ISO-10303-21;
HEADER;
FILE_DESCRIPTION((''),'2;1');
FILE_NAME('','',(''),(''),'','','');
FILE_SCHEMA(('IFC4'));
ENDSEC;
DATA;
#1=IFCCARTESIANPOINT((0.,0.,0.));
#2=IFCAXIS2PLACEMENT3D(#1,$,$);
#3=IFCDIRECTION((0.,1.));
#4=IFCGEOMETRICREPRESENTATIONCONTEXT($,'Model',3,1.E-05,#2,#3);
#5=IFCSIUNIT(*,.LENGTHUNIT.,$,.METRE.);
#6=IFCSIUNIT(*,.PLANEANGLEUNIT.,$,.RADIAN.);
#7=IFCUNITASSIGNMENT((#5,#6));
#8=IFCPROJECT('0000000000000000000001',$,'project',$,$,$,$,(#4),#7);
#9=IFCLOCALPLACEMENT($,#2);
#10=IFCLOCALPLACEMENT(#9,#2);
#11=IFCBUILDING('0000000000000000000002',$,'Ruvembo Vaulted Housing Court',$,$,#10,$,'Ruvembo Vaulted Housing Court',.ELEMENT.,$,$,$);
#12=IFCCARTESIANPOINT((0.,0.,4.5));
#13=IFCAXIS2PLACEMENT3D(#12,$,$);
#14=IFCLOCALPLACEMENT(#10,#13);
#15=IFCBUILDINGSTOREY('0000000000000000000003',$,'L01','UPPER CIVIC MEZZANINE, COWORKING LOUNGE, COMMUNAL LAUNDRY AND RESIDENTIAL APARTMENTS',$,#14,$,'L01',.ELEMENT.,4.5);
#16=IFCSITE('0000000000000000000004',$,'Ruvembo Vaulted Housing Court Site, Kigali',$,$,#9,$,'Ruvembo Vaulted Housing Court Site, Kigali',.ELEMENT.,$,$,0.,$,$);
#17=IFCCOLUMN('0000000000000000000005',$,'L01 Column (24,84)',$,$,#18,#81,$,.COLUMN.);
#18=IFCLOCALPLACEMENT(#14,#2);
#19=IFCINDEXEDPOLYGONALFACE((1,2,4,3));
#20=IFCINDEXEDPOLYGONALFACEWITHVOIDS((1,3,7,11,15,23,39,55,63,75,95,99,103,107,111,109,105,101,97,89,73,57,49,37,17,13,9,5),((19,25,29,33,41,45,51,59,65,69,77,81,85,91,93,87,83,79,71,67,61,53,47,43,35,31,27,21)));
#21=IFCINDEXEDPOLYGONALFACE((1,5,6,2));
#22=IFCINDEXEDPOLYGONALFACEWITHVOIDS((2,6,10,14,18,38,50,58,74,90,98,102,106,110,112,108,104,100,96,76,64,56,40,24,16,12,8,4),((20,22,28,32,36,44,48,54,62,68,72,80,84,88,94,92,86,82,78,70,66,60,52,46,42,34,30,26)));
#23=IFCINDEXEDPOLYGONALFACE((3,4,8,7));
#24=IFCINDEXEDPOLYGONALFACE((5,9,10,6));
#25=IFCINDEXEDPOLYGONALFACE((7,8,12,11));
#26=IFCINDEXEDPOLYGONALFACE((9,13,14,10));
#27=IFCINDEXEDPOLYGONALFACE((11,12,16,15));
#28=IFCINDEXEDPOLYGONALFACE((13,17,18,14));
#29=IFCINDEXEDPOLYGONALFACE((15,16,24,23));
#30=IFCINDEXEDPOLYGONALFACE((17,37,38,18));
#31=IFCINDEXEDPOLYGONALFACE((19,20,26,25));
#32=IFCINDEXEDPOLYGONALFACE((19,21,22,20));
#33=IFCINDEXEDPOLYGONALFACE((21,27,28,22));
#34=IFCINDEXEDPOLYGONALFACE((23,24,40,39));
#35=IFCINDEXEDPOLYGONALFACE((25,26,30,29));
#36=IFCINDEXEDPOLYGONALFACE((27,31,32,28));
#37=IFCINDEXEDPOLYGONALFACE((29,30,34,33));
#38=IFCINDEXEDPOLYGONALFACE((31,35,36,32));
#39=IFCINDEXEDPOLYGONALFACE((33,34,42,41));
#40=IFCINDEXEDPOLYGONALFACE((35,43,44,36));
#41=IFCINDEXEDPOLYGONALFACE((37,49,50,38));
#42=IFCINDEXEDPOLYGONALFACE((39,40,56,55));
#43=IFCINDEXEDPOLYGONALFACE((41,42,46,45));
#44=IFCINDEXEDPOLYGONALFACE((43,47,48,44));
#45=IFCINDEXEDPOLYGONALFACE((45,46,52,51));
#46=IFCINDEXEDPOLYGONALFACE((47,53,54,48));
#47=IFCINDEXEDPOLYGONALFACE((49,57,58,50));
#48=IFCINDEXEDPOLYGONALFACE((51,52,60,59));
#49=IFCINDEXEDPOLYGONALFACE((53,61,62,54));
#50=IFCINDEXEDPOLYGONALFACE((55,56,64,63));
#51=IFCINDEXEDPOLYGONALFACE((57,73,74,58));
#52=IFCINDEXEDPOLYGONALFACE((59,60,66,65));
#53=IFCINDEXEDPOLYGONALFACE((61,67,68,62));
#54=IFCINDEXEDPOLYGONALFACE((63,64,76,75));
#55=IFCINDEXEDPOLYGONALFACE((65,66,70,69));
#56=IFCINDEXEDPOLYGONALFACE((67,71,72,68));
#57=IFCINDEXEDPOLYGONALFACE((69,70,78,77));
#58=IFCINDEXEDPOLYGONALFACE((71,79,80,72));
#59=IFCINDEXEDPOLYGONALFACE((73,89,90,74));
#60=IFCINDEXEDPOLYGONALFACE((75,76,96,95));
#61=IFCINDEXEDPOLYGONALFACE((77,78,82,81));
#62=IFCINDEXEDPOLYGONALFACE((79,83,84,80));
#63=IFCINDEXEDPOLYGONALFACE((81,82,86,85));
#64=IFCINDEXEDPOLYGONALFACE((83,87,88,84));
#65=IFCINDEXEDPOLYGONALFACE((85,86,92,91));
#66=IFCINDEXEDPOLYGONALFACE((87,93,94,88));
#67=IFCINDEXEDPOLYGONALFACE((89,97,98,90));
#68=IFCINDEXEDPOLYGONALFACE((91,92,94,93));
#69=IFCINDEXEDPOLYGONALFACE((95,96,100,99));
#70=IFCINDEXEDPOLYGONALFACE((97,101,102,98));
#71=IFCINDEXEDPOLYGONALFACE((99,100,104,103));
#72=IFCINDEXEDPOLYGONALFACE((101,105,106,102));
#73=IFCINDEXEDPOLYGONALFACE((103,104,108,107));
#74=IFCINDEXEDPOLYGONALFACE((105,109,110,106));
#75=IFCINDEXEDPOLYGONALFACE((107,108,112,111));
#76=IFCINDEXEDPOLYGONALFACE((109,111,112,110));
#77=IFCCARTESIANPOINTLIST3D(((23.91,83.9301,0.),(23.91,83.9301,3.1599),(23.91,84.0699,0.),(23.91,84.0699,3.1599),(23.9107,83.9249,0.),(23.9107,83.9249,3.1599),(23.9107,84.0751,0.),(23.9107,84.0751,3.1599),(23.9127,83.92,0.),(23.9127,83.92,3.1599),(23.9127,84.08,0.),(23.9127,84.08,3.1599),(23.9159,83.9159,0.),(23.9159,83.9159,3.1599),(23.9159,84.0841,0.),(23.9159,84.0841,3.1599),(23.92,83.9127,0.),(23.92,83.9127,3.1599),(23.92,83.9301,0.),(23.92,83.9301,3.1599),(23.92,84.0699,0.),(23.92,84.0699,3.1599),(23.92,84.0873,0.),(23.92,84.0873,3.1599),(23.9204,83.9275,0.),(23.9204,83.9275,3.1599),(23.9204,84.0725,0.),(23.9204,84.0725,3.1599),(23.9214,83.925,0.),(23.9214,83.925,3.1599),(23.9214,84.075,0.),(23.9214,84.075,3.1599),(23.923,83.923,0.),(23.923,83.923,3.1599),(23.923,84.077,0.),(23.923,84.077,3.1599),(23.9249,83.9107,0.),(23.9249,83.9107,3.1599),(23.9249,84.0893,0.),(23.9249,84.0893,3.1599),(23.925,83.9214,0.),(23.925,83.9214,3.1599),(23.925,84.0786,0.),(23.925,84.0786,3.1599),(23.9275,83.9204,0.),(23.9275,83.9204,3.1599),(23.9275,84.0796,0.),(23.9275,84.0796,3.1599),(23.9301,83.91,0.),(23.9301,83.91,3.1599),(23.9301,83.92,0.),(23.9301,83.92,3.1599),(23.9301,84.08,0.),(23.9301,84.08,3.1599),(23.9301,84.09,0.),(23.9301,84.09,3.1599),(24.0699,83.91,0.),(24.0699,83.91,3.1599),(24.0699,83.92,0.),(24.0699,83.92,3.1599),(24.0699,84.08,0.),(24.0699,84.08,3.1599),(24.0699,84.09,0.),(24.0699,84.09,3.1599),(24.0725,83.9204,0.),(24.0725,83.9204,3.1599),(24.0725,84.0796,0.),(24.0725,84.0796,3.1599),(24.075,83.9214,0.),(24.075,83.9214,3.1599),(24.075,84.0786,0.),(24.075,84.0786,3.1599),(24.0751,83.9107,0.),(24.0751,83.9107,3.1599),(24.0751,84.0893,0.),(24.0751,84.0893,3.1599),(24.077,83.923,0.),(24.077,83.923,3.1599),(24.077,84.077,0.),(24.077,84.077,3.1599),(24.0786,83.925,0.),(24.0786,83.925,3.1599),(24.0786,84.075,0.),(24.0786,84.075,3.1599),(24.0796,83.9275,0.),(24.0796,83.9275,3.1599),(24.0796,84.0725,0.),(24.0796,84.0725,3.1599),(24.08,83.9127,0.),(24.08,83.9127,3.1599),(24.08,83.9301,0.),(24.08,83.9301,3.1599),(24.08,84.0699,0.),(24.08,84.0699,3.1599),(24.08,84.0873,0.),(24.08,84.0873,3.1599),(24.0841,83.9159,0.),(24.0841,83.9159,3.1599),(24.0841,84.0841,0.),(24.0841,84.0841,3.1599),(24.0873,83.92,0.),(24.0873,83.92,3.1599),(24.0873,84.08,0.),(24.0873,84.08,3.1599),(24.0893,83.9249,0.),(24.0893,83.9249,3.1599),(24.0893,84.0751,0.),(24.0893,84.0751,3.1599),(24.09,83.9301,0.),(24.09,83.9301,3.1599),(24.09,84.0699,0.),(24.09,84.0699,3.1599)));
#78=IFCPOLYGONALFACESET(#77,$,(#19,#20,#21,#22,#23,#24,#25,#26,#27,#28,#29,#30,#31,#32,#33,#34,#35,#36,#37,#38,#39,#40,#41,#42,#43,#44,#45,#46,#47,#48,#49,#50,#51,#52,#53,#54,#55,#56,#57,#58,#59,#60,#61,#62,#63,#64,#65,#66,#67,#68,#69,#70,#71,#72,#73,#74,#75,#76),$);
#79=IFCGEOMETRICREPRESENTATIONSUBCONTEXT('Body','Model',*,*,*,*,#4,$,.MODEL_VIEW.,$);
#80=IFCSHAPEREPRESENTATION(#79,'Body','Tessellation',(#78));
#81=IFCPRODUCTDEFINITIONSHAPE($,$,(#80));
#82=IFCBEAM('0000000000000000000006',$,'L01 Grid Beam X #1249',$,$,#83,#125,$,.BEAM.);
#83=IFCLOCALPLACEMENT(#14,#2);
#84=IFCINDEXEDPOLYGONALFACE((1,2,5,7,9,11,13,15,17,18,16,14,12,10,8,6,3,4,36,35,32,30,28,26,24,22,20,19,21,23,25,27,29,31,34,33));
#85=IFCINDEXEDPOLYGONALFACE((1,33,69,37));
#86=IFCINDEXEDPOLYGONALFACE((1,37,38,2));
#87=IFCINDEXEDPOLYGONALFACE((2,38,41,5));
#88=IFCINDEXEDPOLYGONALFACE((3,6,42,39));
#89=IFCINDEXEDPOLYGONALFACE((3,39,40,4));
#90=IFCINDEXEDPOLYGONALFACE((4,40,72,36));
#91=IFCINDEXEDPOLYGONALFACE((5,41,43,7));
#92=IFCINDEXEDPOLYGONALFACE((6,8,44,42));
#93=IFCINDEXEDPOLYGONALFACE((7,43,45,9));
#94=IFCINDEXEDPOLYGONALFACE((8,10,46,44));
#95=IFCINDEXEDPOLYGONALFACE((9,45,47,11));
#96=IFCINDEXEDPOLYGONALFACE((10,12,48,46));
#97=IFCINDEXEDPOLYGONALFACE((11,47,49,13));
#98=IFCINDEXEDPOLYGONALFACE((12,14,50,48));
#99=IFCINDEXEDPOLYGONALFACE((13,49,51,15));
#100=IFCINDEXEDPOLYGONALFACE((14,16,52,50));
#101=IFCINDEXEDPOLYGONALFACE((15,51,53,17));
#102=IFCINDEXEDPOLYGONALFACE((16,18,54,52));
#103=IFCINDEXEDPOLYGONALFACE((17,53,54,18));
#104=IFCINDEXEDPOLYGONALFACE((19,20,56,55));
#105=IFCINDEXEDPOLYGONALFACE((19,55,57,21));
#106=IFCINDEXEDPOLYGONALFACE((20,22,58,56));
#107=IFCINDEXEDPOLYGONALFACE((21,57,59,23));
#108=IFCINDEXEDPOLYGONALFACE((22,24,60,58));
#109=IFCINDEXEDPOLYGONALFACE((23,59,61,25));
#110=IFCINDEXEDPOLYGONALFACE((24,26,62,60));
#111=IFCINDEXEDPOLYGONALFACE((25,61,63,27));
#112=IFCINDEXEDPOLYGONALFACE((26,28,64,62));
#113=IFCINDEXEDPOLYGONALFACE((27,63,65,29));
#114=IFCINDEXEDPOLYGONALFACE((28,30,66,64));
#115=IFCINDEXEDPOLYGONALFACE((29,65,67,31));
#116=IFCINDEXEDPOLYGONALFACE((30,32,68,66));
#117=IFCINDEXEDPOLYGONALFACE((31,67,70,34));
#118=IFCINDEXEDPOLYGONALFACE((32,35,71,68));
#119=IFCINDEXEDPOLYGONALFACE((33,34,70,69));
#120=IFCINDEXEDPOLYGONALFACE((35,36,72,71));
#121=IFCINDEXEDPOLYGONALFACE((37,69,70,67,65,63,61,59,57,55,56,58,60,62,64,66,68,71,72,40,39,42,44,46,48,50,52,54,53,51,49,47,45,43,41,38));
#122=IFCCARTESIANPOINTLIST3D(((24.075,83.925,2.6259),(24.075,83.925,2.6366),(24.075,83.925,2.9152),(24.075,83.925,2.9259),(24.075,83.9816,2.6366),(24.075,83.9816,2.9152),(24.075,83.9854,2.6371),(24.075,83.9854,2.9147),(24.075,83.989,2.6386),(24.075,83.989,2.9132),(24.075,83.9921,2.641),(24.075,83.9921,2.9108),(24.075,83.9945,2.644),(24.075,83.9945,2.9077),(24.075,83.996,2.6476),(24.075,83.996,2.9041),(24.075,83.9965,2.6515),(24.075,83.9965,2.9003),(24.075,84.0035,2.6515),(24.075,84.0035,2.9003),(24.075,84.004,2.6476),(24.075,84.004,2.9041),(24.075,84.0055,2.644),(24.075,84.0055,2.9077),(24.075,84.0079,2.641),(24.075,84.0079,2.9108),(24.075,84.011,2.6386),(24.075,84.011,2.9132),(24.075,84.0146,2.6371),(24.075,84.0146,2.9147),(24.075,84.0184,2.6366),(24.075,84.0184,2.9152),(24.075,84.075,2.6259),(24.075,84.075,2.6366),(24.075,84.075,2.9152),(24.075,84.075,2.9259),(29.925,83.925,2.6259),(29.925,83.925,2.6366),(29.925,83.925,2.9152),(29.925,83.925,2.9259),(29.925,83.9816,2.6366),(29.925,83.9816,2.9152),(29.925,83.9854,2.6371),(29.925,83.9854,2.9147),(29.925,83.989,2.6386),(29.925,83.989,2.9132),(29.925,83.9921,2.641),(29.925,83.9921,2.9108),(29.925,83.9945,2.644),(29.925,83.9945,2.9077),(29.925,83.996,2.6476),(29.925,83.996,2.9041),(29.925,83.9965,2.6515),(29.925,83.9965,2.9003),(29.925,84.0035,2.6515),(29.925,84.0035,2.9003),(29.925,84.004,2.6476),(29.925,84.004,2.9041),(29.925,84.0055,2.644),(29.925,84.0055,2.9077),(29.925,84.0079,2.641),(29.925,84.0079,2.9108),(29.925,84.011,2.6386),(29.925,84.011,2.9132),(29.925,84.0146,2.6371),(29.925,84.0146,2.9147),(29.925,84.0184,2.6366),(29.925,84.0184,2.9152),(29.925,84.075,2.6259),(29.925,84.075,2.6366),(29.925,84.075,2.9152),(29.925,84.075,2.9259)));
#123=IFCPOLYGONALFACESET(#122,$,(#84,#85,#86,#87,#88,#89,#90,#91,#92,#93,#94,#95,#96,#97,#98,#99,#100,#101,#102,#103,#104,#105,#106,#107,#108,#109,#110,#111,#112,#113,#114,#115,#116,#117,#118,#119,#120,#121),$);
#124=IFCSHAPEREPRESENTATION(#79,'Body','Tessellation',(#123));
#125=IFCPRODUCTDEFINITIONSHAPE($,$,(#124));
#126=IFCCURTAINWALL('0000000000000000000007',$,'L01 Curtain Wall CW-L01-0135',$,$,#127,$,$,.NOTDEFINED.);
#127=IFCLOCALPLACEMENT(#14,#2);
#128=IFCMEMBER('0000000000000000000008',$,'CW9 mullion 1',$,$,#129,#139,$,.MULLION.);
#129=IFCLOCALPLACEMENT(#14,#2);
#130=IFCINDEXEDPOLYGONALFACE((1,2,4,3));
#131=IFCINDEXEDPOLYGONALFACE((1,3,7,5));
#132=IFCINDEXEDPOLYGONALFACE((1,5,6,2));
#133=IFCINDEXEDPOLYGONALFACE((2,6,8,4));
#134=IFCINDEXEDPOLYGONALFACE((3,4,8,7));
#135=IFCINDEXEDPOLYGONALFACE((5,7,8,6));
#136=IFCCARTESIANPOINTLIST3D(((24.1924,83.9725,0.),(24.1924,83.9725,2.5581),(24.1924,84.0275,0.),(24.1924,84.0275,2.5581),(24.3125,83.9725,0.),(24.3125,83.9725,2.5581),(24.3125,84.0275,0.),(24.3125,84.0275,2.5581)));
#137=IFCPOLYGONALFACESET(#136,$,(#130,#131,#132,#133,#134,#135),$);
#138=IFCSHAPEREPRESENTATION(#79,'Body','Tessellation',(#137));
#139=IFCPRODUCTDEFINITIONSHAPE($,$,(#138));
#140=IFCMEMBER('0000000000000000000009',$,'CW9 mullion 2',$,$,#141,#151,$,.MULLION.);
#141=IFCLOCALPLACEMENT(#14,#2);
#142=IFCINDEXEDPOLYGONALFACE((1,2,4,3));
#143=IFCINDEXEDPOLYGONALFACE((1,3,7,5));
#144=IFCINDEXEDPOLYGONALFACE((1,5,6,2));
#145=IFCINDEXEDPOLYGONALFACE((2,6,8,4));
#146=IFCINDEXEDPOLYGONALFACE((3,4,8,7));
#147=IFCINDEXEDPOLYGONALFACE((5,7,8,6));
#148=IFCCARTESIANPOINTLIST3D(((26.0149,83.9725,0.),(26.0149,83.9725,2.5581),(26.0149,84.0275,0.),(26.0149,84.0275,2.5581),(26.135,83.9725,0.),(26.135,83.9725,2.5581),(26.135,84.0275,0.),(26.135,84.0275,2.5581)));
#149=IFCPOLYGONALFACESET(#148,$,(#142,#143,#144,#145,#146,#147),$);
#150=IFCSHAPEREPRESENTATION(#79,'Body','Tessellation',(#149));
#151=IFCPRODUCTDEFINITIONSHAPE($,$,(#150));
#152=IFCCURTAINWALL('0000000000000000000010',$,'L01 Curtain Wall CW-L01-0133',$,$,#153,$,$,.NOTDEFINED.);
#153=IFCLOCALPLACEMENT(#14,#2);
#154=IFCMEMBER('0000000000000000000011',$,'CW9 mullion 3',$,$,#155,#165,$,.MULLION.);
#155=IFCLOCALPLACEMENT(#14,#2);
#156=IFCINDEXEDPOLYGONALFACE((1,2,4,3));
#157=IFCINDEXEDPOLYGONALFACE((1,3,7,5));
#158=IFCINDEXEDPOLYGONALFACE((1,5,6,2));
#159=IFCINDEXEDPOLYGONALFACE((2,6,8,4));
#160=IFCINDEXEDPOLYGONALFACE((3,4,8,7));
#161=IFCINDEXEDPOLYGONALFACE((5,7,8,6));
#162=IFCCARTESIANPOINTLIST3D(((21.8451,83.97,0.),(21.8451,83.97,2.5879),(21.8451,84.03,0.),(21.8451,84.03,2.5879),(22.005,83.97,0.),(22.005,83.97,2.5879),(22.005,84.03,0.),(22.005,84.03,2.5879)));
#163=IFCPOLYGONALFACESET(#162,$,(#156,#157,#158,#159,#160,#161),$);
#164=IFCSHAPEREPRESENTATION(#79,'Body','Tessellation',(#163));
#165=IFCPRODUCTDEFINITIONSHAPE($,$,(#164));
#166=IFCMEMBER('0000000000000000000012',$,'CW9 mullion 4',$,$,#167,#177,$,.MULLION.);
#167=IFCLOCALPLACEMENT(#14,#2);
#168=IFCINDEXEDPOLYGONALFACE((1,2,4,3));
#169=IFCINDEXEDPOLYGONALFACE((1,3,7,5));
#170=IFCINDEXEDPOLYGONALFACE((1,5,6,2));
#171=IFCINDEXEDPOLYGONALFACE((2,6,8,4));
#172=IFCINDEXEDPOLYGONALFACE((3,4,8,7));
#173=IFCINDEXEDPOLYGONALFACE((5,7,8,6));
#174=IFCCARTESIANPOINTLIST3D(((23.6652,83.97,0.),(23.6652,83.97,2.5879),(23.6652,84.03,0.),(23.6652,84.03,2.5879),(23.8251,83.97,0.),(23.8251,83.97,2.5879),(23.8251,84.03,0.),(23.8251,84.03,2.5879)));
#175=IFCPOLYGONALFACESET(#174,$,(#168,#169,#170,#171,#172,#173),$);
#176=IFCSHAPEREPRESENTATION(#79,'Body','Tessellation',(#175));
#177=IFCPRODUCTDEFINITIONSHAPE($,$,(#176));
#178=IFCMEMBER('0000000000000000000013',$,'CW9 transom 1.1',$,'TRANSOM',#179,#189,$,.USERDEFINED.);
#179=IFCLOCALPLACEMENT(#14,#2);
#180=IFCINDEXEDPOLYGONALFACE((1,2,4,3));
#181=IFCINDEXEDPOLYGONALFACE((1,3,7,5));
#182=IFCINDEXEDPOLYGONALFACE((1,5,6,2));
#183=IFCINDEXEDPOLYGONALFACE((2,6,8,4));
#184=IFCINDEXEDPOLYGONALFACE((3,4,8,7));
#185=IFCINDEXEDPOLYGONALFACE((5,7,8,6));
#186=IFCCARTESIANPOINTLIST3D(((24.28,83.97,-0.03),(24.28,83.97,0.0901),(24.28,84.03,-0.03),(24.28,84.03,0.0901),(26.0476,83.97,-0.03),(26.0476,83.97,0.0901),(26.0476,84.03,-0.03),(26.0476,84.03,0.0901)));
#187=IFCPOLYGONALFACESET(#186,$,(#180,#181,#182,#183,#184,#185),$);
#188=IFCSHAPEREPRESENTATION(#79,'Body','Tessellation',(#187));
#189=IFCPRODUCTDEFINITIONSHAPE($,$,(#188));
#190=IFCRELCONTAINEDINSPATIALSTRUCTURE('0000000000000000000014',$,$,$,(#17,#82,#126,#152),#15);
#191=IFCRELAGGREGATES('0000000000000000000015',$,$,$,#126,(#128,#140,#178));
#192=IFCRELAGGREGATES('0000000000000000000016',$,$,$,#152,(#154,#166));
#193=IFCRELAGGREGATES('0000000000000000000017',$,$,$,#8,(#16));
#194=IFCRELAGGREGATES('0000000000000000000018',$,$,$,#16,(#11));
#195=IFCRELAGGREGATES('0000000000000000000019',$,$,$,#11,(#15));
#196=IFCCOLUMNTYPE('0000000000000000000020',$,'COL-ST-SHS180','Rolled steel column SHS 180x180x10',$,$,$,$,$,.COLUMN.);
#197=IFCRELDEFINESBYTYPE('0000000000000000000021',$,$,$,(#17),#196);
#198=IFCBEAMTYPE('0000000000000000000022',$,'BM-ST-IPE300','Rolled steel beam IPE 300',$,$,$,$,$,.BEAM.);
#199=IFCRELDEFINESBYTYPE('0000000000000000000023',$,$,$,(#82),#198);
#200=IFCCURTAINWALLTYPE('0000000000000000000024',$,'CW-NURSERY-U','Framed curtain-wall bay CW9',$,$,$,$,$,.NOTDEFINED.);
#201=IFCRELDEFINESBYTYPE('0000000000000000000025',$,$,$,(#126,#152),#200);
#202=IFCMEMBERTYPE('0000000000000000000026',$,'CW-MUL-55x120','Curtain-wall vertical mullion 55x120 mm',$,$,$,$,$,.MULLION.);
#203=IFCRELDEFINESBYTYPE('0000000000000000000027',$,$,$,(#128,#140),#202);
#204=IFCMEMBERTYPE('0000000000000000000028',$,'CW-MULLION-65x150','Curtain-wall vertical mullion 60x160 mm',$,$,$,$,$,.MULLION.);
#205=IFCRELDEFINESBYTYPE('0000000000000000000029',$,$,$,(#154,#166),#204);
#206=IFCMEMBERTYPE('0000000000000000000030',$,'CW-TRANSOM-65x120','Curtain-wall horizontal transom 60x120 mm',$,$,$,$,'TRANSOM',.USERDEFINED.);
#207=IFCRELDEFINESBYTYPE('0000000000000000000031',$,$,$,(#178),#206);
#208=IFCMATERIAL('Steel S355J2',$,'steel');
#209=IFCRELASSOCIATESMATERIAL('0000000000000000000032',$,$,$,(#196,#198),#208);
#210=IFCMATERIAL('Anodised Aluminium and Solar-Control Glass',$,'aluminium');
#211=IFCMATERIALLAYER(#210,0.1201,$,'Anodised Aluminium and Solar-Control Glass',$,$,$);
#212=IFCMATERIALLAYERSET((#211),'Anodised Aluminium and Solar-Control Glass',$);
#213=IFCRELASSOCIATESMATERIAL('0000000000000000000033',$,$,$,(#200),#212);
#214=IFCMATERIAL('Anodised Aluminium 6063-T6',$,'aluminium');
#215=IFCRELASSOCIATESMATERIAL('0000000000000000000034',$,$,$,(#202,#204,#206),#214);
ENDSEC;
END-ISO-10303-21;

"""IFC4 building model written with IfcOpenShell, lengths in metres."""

from ifc_helpers import new_model, si_unit, direction, frame, origin, origin_2d, place, context, subcontext, project, spatial, rectangle, hollow_rectangle, i_section, extrude, material, layer, layer_set, material_profile, profile_set, type_object, element, aggregate, save


model = new_model("IFC4")

# Units and contexts
model_context = context("Model", 3, precision=1e-05, world=origin(), true_north=direction((0.0, 1.0)))
body_context = subcontext(model_context, "Body", "Model", "MODEL_VIEW")
ifc_project = project(units=[si_unit("LENGTHUNIT", "METRE"), si_unit("PLANEANGLEUNIT", "RADIAN")], contexts=[model_context])

# Site, building, storey
site_placement = place(None, origin())
site = spatial("IfcSite", under=ifc_project, at=site_placement, Name="Ruvembo Vaulted Housing Court Site, Kigali", LongName="Ruvembo Vaulted Housing Court Site, Kigali", CompositionType="ELEMENT", RefElevation=0.0)
building_placement = place(site_placement, origin())
building = spatial("IfcBuilding", under=site, at=building_placement, Name="Ruvembo Vaulted Housing Court", LongName="Ruvembo Vaulted Housing Court", CompositionType="ELEMENT")
storey_placement = place(building_placement, frame((0.0, 0.0, 4.5)))
storey = spatial("IfcBuildingStorey", under=building, at=storey_placement, Name="L01", Description="UPPER CIVIC MEZZANINE, COWORKING LOUNGE, COMMUNAL LAUNDRY AND RESIDENTIAL APARTMENTS", LongName="L01", CompositionType="ELEMENT", Elevation=4.5)

# Column
ifc_material_1 = material(Name="Steel S355J2", Category="steel")
ifc_material_profile_1 = material_profile(ifc_material_1, hollow_rectangle(XDim=0.1799, YDim=0.1799, WallThickness=0.01, InnerFilletRadius=0.01, OuterFilletRadius=0.02, at=origin_2d()), Name="SHS 180x180x10")
ifc_profile_set_1 = profile_set([ifc_material_profile_1], Name="Steel S355J2")
column_type = type_object("IfcColumnType", Name="COL-ST-SHS180", Description="Rolled steel column SHS 180x180x10", PredefinedType="COLUMN", material=ifc_profile_set_1)
column_placement = place(storey_placement, frame((24.0, 84.0, 0.0), z_axis=(0.0, 0.0, 1.0), x_axis=(1.0, 0.0, 0.0)))
element("IfcColumn", 1, at=column_placement, inside=storey, type_object=column_type, Name="L01 Column (24,84)", PredefinedType="COLUMN", context=body_context, shape_type="SweptSolid", body=[
    extrude(hollow_rectangle(XDim=0.1799, YDim=0.1799, WallThickness=0.01, InnerFilletRadius=0.01, OuterFilletRadius=0.02, at=origin_2d()), origin(), (0.0, 0.0, 1.0), 3.1599),
])

# Beam
ifc_material_profile_2 = material_profile(ifc_material_1, i_section(OverallWidth=0.1499, OverallDepth=0.3, WebThickness=0.0071, FlangeThickness=0.0107, FilletRadius=0.0149, at=origin_2d()), Name="IPE 300")
ifc_profile_set_2 = profile_set([ifc_material_profile_2], Name="Steel S355J2")
beam_type = type_object("IfcBeamType", Name="BM-ST-IPE300", Description="Rolled steel beam IPE 300", PredefinedType="BEAM", material=ifc_profile_set_2)
beam_placement = place(storey_placement, frame((24.075, 84.0, 2.7759), z_axis=(1.0, 0.0, 0.0), x_axis=(0.0, 1.0, 0.0)))
element("IfcBeam", 2, at=beam_placement, inside=storey, type_object=beam_type, Name="L01 Grid Beam X #1249", PredefinedType="BEAM", context=body_context, shape_type="SweptSolid", body=[
    extrude(i_section(OverallWidth=0.1499, OverallDepth=0.3, WebThickness=0.0071, FlangeThickness=0.0107, FilletRadius=0.0149, at=origin_2d()), origin(), (0.0, 0.0, 1.0), 5.8501),
])

# Curtain walls, members
ifc_material_2 = material(Name="Anodised Aluminium and Solar-Control Glass", Category="aluminium")
ifc_layer_1 = layer(ifc_material_2, 0.1201, Name="Anodised Aluminium and Solar-Control Glass")
ifc_layer_set_1 = layer_set([ifc_layer_1], Name="Anodised Aluminium and Solar-Control Glass")
curtain_wall_type = type_object("IfcCurtainWallType", Name="CW-NURSERY-U", Description="Framed curtain-wall bay CW9", PredefinedType="NOTDEFINED", material=ifc_layer_set_1)
curtain_wall_1_placement = place(storey_placement, origin())
curtain_wall_1 = element("IfcCurtainWall", 3, at=curtain_wall_1_placement, inside=storey, type_object=curtain_wall_type, Name="L01 Curtain Wall CW-L01-0135", PredefinedType="NOTDEFINED")
ifc_material_3 = material(Name="Anodised Aluminium 6063-T6", Category="aluminium")
ifc_material_profile_3 = material_profile(ifc_material_3, rectangle(XDim=0.0549, YDim=0.1201, at=origin_2d()), Name="ALU 55x120")
ifc_profile_set_3 = profile_set([ifc_material_profile_3], Name="Anodised Aluminium 6063-T6")
member_type_1 = type_object("IfcMemberType", Name="CW-MUL-55x120", Description="Curtain-wall vertical mullion 55x120 mm", PredefinedType="MULLION", material=ifc_profile_set_3)
member_1_placement = place(storey_placement, frame((24.2524, 84.0, 0.0), z_axis=(0.0, 0.0, 1.0), x_axis=(0.0, 1.0, 0.0)))
member_1 = element("IfcMember", 4, at=member_1_placement, type_object=member_type_1, Name="CW9 mullion 1", PredefinedType="MULLION", context=body_context, shape_type="SweptSolid", body=[
    extrude(rectangle(XDim=0.0549, YDim=0.1201, at=origin_2d()), origin(), (0.0, 0.0, 1.0), 2.5581),
])
member_2_placement = place(storey_placement, frame((26.075, 84.0, 0.0), z_axis=(0.0, 0.0, 1.0), x_axis=(0.0, 1.0, 0.0)))
member_2 = element("IfcMember", 5, at=member_2_placement, type_object=member_type_1, Name="CW9 mullion 2", PredefinedType="MULLION", context=body_context, shape_type="SweptSolid", body=[
    extrude(rectangle(XDim=0.0549, YDim=0.1201, at=origin_2d()), origin(), (0.0, 0.0, 1.0), 2.5581),
])
curtain_wall_2_placement = place(storey_placement, origin())
curtain_wall_2 = element("IfcCurtainWall", 6, at=curtain_wall_2_placement, inside=storey, type_object=curtain_wall_type, Name="L01 Curtain Wall CW-L01-0133", PredefinedType="NOTDEFINED")
ifc_material_profile_4 = material_profile(ifc_material_3, rectangle(XDim=0.0601, YDim=0.1599, at=origin_2d()), Name="ALU 60x160")
ifc_profile_set_4 = profile_set([ifc_material_profile_4], Name="Anodised Aluminium 6063-T6")
member_type_2 = type_object("IfcMemberType", Name="CW-MULLION-65x150", Description="Curtain-wall vertical mullion 60x160 mm", PredefinedType="MULLION", material=ifc_profile_set_4)
member_3_placement = place(storey_placement, frame((21.925, 84.0, 0.0), z_axis=(0.0, 0.0, 1.0), x_axis=(0.0, 1.0, 0.0)))
member_3 = element("IfcMember", 7, at=member_3_placement, type_object=member_type_2, Name="CW9 mullion 3", PredefinedType="MULLION", context=body_context, shape_type="SweptSolid", body=[
    extrude(rectangle(XDim=0.0601, YDim=0.1599, at=origin_2d()), origin(), (0.0, 0.0, 1.0), 2.5879),
])
member_4_placement = place(storey_placement, frame((23.7451, 84.0, 0.0), z_axis=(0.0, 0.0, 1.0), x_axis=(0.0, 1.0, 0.0)))
member_4 = element("IfcMember", 8, at=member_4_placement, type_object=member_type_2, Name="CW9 mullion 4", PredefinedType="MULLION", context=body_context, shape_type="SweptSolid", body=[
    extrude(rectangle(XDim=0.0601, YDim=0.1599, at=origin_2d()), origin(), (0.0, 0.0, 1.0), 2.5879),
])

# Member
ifc_material_profile_5 = material_profile(ifc_material_3, rectangle(XDim=0.0601, YDim=0.1201, at=origin_2d()), Name="ALU 60x120")
ifc_profile_set_5 = profile_set([ifc_material_profile_5], Name="Anodised Aluminium 6063-T6")
member_type_3 = type_object("IfcMemberType", Name="CW-TRANSOM-65x120", Description="Curtain-wall horizontal transom 60x120 mm", ElementType="TRANSOM", PredefinedType="USERDEFINED", material=ifc_profile_set_5)
member_5_placement = place(storey_placement, frame((24.28, 84.0, 0.03), z_axis=(1.0, 0.0, 0.0), x_axis=(0.0, 1.0, 0.0)))
member_5 = element("IfcMember", 9, at=member_5_placement, type_object=member_type_3, Name="CW9 transom 1.1", ObjectType="TRANSOM", PredefinedType="USERDEFINED", context=body_context, shape_type="SweptSolid", body=[
    extrude(rectangle(XDim=0.0601, YDim=0.1201, at=origin_2d()), origin(), (0.0, 0.0, 1.0), 1.7676),
])

aggregate(curtain_wall_1, [member_1, member_2, member_5])
aggregate(curtain_wall_2, [member_3, member_4])

save(model, "model.ifc")
